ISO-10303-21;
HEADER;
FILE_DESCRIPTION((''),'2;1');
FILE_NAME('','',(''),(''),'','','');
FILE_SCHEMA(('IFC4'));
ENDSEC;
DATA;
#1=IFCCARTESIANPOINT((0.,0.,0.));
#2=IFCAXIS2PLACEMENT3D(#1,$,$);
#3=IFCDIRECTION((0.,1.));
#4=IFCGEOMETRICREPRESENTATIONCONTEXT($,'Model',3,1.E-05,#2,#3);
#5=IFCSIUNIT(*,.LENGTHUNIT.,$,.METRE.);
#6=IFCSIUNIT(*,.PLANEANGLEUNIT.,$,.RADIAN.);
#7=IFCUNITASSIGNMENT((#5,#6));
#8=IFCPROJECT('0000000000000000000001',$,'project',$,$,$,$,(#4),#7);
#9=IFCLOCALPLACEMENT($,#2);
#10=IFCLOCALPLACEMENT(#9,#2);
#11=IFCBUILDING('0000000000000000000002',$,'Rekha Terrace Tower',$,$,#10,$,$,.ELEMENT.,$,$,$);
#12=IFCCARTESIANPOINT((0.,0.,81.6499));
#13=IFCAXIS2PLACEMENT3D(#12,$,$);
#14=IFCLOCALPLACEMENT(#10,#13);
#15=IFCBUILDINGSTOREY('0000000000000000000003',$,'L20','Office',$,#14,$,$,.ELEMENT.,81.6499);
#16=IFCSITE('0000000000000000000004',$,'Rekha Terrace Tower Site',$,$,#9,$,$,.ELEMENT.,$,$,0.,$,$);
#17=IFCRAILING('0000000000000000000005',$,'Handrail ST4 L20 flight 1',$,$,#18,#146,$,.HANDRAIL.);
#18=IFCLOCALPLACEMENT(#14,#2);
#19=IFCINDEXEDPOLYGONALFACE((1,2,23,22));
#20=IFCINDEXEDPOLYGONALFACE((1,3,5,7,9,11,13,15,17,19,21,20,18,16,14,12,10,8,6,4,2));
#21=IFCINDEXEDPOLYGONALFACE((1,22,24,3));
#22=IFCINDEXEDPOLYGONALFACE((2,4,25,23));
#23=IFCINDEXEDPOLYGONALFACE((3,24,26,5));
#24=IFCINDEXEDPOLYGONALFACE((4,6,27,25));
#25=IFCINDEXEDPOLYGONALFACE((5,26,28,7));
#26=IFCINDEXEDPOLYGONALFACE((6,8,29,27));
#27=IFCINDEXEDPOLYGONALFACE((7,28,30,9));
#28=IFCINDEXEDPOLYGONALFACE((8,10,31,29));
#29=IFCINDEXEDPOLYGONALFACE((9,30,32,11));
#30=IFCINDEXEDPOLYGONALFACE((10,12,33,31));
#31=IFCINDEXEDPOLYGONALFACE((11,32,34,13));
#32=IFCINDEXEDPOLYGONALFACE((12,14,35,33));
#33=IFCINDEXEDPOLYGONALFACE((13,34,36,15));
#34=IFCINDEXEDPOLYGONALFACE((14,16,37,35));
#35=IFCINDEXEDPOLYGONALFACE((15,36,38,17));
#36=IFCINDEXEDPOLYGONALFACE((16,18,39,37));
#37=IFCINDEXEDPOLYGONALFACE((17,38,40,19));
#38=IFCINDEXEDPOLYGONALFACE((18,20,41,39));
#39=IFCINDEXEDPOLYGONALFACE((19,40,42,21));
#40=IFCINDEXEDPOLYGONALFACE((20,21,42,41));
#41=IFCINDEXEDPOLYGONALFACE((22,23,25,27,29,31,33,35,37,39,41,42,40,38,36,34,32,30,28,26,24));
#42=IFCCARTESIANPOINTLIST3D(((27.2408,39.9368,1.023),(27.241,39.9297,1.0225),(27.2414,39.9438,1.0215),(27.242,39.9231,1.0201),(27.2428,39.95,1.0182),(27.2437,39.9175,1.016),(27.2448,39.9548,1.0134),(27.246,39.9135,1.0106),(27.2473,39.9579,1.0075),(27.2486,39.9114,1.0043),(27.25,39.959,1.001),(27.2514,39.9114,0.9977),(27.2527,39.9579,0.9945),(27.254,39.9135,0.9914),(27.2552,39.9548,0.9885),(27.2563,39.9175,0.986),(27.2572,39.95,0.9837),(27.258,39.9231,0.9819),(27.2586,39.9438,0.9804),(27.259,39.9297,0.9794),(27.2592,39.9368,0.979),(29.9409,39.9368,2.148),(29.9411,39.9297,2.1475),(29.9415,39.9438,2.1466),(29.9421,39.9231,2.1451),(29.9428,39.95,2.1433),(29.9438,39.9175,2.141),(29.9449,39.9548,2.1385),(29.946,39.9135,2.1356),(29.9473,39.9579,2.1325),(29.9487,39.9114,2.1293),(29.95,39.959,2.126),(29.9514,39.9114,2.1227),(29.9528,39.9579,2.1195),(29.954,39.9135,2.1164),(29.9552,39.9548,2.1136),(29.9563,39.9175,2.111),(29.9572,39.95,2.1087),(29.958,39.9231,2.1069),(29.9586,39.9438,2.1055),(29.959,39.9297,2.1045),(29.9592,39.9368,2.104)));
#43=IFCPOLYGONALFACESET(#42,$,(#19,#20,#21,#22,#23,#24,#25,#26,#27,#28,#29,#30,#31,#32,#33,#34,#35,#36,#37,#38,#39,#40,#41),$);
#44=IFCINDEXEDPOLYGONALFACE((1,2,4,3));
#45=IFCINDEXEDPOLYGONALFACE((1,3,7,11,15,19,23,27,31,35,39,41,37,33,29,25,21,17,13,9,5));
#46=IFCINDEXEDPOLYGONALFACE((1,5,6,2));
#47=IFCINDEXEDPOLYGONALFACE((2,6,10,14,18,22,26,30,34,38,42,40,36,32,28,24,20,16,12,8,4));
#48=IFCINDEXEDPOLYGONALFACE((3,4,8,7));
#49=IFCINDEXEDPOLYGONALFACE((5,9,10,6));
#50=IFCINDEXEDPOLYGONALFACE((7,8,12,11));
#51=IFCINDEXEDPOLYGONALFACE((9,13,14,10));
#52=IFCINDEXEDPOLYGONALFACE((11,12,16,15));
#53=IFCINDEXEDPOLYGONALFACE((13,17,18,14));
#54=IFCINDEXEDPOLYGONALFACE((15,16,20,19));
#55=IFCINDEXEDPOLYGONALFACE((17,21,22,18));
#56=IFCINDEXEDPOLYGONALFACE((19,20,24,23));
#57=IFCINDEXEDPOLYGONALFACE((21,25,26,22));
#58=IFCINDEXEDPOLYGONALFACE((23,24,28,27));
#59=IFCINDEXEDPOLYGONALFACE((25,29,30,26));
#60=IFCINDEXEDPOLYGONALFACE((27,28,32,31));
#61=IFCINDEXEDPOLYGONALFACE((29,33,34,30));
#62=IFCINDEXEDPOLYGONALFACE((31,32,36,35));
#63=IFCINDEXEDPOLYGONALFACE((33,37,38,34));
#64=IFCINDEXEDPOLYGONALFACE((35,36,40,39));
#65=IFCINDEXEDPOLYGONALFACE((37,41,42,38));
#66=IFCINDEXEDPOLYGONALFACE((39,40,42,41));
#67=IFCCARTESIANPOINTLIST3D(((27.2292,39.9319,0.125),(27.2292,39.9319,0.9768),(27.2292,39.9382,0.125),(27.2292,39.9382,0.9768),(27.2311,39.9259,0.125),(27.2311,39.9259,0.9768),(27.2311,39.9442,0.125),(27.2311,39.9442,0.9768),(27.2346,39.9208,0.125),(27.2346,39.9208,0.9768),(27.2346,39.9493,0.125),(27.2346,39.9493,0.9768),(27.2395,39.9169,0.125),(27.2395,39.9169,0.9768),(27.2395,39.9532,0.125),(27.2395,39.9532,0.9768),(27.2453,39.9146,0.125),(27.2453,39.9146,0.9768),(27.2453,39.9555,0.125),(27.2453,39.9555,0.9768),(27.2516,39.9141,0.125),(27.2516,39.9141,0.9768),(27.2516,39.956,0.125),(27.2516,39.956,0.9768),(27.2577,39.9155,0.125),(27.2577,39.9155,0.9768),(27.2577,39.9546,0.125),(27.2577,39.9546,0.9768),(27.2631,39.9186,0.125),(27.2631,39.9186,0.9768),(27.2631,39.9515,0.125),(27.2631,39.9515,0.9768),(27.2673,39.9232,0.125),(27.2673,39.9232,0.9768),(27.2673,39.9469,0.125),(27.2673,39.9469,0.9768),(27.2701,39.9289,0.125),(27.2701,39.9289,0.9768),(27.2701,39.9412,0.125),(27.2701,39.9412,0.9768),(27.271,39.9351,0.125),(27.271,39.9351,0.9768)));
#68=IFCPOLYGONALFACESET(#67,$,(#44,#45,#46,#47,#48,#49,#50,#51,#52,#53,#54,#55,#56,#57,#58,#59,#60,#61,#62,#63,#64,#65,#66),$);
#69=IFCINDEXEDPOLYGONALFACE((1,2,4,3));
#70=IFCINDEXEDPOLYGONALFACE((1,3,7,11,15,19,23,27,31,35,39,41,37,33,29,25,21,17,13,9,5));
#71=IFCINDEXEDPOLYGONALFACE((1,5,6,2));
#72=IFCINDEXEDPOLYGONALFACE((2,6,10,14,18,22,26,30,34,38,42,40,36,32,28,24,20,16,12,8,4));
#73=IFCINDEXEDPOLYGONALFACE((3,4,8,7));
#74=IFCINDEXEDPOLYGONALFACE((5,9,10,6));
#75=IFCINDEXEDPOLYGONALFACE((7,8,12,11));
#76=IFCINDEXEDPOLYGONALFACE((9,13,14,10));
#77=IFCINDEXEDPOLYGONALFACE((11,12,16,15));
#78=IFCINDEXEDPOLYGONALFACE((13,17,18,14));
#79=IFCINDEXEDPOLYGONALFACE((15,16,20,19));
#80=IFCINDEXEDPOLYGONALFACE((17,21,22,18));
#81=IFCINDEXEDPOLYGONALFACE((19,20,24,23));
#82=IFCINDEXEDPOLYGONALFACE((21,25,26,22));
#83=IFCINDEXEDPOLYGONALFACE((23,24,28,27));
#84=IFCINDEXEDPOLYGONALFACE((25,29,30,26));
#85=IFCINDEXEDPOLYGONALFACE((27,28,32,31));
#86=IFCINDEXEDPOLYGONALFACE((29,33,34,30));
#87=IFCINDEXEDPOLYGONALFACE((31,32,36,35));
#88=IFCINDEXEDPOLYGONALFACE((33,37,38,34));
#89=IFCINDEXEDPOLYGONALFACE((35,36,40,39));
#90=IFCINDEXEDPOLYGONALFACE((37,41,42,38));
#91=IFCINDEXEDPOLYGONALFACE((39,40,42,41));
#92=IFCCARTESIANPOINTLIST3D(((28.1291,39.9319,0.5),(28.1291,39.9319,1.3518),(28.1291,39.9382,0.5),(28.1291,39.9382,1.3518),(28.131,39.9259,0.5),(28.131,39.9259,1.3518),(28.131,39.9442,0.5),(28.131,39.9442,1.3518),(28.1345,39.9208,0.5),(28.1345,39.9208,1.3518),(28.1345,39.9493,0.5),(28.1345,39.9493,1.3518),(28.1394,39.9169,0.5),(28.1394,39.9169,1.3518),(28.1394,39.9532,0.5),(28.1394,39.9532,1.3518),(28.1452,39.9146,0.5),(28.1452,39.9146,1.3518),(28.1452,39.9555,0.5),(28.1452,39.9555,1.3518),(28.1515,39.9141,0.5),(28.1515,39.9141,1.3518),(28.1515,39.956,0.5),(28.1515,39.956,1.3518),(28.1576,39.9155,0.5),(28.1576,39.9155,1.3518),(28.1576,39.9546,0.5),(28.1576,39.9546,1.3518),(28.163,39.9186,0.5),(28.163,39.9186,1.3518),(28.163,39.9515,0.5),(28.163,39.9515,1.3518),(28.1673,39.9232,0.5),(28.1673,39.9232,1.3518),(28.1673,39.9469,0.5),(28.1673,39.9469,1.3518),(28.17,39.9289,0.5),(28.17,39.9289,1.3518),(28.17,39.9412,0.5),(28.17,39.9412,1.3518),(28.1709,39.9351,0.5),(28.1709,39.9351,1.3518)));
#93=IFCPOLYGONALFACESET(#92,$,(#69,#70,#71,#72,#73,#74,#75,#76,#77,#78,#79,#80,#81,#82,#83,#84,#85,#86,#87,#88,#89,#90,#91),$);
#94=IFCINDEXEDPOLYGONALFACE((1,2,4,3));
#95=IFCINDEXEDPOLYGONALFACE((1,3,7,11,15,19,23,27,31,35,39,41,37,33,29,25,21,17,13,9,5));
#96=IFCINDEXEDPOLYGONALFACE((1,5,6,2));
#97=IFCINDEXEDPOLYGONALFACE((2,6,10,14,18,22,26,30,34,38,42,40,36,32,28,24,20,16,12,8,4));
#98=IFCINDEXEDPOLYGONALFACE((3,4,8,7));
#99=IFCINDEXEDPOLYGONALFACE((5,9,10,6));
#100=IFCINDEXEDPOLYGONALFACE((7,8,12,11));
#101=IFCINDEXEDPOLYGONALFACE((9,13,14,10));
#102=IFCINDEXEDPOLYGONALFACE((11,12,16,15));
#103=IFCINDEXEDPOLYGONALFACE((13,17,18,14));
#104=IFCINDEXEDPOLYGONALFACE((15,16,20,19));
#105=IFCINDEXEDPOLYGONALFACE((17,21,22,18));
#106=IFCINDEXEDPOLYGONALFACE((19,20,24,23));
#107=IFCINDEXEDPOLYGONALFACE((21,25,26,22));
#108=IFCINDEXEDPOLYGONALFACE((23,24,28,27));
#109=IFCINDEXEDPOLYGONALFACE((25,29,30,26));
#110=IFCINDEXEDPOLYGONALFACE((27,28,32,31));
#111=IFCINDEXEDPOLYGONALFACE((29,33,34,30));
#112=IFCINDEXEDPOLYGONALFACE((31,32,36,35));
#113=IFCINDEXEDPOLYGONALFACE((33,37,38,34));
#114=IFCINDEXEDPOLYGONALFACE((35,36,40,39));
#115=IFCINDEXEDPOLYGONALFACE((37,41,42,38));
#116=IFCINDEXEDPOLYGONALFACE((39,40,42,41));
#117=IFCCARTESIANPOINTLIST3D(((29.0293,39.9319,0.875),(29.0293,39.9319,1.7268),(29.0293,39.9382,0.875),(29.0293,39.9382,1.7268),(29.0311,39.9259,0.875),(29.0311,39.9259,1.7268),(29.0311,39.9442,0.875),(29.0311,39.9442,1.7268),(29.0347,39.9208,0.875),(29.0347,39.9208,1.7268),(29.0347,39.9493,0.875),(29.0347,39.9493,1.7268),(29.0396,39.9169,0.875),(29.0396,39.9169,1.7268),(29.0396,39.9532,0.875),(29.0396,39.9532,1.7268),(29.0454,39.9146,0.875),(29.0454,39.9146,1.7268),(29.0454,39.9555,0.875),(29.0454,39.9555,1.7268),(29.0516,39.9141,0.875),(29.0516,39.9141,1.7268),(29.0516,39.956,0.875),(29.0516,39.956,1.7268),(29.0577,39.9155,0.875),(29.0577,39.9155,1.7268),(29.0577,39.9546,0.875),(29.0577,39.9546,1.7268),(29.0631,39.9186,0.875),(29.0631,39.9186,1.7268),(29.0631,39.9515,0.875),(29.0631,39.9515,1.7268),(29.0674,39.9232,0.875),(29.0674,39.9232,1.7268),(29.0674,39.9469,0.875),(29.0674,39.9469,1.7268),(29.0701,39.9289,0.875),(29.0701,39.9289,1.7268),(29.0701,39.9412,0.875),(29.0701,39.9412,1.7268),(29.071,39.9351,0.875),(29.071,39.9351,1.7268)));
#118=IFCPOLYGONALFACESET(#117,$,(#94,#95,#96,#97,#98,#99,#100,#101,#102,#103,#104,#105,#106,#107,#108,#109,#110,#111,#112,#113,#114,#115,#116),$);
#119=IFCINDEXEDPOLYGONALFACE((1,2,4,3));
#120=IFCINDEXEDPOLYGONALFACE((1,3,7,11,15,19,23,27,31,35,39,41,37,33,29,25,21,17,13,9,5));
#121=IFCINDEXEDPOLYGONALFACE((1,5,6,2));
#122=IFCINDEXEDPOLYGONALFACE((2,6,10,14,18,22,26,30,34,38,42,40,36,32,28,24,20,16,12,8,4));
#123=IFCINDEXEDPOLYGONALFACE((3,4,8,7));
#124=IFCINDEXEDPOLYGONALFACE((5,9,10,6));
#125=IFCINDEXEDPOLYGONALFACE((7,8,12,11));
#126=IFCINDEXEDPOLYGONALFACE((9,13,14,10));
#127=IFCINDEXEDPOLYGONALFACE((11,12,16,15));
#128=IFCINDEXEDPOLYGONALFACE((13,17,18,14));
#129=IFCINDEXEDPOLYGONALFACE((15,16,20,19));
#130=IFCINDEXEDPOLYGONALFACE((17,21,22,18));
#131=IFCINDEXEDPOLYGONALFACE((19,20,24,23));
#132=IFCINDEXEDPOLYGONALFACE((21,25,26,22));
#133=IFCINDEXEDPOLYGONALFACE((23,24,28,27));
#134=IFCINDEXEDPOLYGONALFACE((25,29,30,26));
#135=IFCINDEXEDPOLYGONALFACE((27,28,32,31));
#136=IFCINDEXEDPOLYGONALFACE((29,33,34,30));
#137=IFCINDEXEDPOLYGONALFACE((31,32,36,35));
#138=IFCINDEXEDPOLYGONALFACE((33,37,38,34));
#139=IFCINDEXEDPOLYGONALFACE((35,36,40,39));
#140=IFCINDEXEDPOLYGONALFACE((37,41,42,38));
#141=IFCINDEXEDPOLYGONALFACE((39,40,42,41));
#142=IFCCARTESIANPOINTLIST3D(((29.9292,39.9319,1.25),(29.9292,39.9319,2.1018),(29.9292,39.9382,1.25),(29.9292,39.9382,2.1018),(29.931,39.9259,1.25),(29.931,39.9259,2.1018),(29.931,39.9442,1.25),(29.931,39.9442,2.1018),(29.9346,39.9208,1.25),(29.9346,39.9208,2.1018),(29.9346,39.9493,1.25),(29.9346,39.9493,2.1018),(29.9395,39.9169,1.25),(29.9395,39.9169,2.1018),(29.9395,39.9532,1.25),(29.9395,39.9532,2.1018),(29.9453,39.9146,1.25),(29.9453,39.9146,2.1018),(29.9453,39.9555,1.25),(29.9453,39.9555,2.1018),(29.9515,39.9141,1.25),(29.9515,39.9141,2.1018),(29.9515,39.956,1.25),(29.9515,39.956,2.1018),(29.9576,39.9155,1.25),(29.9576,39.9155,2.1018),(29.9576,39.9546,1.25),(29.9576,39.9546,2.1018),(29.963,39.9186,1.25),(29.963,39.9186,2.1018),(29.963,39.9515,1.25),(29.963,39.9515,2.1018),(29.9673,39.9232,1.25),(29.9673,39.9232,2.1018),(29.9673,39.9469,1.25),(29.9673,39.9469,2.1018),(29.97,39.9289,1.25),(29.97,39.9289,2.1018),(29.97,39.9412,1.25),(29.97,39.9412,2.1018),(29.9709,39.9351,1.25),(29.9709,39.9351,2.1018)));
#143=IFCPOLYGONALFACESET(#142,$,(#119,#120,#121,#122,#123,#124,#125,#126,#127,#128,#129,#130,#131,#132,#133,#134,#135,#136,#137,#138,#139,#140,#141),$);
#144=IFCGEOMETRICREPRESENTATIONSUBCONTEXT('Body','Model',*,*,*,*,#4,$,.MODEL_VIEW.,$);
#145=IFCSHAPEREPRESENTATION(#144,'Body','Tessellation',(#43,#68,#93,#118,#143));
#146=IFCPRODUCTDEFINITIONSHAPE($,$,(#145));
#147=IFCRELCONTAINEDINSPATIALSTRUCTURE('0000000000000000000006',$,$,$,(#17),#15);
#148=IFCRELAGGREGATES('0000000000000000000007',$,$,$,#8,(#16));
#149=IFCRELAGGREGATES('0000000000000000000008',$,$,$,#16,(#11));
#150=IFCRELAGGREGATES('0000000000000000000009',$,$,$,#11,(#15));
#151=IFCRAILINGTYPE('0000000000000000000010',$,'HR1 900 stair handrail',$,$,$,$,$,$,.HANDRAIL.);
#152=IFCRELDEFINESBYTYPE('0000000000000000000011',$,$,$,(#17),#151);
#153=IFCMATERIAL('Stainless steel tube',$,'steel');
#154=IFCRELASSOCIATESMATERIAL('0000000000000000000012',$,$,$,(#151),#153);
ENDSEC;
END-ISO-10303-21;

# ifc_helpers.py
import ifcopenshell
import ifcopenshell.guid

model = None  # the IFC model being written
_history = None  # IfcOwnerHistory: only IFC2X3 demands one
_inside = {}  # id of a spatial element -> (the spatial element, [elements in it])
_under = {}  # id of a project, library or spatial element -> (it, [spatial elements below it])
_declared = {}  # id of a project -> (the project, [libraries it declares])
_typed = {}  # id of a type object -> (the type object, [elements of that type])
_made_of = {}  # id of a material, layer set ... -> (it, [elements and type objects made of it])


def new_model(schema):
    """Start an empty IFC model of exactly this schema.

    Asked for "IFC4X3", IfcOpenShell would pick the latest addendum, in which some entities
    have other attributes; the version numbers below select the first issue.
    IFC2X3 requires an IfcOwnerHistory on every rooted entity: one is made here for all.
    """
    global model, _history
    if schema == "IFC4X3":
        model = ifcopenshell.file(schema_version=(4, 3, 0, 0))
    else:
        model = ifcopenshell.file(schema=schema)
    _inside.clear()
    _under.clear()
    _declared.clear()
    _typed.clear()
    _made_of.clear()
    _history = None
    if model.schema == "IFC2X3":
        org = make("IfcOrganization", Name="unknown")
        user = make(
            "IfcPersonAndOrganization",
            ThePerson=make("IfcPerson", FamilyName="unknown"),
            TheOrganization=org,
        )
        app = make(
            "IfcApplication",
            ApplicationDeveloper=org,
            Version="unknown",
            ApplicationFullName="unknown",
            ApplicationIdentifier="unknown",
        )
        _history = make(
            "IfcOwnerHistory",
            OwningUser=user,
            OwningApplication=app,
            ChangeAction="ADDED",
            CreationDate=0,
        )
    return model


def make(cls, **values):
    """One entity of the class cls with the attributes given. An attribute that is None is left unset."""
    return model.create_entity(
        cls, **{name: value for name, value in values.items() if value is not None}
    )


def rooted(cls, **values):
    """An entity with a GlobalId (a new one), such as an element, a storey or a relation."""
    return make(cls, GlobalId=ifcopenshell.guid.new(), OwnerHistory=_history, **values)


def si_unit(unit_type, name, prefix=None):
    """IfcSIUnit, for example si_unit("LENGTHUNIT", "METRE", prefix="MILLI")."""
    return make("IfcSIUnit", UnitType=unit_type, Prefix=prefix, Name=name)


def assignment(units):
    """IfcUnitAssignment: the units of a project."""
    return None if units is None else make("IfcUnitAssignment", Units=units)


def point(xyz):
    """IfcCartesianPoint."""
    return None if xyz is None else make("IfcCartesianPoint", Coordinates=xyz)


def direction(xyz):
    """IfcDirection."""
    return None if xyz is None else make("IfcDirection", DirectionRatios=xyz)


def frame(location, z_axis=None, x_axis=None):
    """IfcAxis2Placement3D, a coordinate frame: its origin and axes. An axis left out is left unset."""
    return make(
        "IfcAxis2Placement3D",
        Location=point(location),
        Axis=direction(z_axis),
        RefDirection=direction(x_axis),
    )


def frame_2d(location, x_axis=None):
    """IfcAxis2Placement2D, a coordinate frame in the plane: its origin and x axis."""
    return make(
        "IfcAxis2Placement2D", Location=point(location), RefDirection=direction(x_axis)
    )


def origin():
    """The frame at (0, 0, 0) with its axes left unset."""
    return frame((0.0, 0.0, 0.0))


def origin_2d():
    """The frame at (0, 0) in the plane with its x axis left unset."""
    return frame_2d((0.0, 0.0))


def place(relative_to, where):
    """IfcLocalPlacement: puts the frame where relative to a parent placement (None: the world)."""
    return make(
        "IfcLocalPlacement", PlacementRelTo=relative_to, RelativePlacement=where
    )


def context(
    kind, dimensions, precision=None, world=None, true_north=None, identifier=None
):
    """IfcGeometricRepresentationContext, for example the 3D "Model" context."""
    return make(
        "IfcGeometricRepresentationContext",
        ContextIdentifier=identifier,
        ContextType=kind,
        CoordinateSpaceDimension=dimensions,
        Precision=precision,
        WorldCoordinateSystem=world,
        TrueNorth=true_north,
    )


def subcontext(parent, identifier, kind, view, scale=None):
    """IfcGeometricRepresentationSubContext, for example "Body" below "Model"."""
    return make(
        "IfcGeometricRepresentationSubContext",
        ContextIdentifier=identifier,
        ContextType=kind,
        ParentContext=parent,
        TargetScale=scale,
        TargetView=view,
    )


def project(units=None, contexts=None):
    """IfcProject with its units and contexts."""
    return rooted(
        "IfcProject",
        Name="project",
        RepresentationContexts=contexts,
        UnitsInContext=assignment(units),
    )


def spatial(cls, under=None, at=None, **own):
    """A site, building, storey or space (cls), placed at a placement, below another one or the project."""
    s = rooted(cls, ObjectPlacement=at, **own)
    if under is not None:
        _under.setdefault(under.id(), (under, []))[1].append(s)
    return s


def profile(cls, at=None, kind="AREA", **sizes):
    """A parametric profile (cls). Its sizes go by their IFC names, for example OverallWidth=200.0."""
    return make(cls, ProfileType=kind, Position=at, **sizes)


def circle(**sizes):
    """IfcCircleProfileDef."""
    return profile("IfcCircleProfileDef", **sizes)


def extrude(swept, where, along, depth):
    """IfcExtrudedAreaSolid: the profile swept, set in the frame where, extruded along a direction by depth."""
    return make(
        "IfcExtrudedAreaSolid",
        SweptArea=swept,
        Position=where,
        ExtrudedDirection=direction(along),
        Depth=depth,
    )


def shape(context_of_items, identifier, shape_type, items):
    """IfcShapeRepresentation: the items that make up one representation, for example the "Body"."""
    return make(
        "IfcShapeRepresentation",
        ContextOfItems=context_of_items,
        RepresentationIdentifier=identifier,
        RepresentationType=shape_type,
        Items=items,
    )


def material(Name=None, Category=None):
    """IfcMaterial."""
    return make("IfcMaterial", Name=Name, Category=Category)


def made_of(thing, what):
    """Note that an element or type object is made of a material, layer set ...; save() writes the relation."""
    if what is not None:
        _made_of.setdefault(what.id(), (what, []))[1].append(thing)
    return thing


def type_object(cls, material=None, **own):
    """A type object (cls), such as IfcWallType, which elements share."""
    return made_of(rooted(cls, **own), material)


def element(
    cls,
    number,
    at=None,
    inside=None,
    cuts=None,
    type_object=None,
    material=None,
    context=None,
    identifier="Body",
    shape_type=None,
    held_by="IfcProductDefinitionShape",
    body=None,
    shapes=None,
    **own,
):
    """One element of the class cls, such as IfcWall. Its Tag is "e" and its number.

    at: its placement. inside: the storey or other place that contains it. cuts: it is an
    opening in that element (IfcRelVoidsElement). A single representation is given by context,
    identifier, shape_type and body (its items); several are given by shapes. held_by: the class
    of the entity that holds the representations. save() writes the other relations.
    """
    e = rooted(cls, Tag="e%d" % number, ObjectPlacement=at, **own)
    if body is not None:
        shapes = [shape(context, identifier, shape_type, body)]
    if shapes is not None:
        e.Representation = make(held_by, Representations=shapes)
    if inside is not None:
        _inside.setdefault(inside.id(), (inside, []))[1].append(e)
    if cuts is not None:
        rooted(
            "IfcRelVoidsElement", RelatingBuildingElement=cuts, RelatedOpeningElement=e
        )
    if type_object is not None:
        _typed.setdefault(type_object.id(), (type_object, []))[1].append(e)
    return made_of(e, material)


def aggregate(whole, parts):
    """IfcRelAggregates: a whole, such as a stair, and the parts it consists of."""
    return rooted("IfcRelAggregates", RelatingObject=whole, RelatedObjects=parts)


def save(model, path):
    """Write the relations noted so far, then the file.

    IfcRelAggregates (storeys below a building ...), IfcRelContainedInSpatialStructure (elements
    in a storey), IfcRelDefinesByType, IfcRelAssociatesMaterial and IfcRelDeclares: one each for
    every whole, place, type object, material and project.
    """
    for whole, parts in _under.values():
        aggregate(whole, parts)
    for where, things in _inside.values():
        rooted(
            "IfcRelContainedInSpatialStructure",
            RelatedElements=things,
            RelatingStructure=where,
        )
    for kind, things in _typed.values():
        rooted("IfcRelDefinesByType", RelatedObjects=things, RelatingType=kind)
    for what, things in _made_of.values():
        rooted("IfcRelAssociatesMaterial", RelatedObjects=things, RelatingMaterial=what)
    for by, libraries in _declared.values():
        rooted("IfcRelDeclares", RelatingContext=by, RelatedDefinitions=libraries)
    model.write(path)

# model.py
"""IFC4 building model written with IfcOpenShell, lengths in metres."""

from ifc_helpers import new_model, si_unit, direction, frame, origin, origin_2d, place, context, subcontext, project, spatial, circle, extrude, material, type_object, element, save


model = new_model("IFC4")

# Units and contexts
model_context = context("Model", 3, precision=1e-05, world=origin(), true_north=direction((0.0, 1.0)))
body_context = subcontext(model_context, "Body", "Model", "MODEL_VIEW")
ifc_project = project(units=[si_unit("LENGTHUNIT", "METRE"), si_unit("PLANEANGLEUNIT", "RADIAN")], contexts=[model_context])

# Site, building, storey
site_placement = place(None, origin())
site = spatial("IfcSite", under=ifc_project, at=site_placement, Name="Rekha Terrace Tower Site", CompositionType="ELEMENT", RefElevation=0.0)
building_placement = place(site_placement, origin())
building = spatial("IfcBuilding", under=site, at=building_placement, Name="Rekha Terrace Tower", CompositionType="ELEMENT")
storey_placement = place(building_placement, frame((0.0, 0.0, 81.6499)))
storey = spatial("IfcBuildingStorey", under=building, at=storey_placement, Name="L20", Description="Office", CompositionType="ELEMENT", Elevation=81.6499)

# Railing
ifc_material_1 = material(Name="Stainless steel tube", Category="steel")
railing_type_1 = type_object("IfcRailingType", Name="HR1 900 stair handrail", PredefinedType="HANDRAIL", material=ifc_material_1)
railing_1_placement = place(storey_placement, frame((27.25, 39.9351, 0.125)))
element("IfcRailing", 1, at=railing_1_placement, inside=storey, type_object=railing_type_1, Name="Handrail ST4 L20 flight 1", PredefinedType="HANDRAIL", context=body_context, shape_type="SweptSolid", body=[
    extrude(circle(Radius=0.0239, at=origin_2d()), frame((0.0, 0.0, 0.876), z_axis=(0.923074, 0.0, 0.384621), x_axis=(0.0, 1.0, 0.0)), (0.0, 0.0, 1.0), 2.925),
    extrude(circle(Radius=0.021, at=origin_2d()), origin(), (0.0, 0.0, 1.0), 0.8518),
    extrude(circle(Radius=0.021, at=origin_2d()), frame((0.8999, 0.0, 0.375)), (0.0, 0.0, 1.0), 0.8518),
    extrude(circle(Radius=0.021, at=origin_2d()), frame((1.8, 0.0, 0.75)), (0.0, 0.0, 1.0), 0.8518),
    extrude(circle(Radius=0.021, at=origin_2d()), frame((2.7, 0.0, 1.125)), (0.0, 0.0, 1.0), 0.8518),
])

save(model, "model.ifc")
